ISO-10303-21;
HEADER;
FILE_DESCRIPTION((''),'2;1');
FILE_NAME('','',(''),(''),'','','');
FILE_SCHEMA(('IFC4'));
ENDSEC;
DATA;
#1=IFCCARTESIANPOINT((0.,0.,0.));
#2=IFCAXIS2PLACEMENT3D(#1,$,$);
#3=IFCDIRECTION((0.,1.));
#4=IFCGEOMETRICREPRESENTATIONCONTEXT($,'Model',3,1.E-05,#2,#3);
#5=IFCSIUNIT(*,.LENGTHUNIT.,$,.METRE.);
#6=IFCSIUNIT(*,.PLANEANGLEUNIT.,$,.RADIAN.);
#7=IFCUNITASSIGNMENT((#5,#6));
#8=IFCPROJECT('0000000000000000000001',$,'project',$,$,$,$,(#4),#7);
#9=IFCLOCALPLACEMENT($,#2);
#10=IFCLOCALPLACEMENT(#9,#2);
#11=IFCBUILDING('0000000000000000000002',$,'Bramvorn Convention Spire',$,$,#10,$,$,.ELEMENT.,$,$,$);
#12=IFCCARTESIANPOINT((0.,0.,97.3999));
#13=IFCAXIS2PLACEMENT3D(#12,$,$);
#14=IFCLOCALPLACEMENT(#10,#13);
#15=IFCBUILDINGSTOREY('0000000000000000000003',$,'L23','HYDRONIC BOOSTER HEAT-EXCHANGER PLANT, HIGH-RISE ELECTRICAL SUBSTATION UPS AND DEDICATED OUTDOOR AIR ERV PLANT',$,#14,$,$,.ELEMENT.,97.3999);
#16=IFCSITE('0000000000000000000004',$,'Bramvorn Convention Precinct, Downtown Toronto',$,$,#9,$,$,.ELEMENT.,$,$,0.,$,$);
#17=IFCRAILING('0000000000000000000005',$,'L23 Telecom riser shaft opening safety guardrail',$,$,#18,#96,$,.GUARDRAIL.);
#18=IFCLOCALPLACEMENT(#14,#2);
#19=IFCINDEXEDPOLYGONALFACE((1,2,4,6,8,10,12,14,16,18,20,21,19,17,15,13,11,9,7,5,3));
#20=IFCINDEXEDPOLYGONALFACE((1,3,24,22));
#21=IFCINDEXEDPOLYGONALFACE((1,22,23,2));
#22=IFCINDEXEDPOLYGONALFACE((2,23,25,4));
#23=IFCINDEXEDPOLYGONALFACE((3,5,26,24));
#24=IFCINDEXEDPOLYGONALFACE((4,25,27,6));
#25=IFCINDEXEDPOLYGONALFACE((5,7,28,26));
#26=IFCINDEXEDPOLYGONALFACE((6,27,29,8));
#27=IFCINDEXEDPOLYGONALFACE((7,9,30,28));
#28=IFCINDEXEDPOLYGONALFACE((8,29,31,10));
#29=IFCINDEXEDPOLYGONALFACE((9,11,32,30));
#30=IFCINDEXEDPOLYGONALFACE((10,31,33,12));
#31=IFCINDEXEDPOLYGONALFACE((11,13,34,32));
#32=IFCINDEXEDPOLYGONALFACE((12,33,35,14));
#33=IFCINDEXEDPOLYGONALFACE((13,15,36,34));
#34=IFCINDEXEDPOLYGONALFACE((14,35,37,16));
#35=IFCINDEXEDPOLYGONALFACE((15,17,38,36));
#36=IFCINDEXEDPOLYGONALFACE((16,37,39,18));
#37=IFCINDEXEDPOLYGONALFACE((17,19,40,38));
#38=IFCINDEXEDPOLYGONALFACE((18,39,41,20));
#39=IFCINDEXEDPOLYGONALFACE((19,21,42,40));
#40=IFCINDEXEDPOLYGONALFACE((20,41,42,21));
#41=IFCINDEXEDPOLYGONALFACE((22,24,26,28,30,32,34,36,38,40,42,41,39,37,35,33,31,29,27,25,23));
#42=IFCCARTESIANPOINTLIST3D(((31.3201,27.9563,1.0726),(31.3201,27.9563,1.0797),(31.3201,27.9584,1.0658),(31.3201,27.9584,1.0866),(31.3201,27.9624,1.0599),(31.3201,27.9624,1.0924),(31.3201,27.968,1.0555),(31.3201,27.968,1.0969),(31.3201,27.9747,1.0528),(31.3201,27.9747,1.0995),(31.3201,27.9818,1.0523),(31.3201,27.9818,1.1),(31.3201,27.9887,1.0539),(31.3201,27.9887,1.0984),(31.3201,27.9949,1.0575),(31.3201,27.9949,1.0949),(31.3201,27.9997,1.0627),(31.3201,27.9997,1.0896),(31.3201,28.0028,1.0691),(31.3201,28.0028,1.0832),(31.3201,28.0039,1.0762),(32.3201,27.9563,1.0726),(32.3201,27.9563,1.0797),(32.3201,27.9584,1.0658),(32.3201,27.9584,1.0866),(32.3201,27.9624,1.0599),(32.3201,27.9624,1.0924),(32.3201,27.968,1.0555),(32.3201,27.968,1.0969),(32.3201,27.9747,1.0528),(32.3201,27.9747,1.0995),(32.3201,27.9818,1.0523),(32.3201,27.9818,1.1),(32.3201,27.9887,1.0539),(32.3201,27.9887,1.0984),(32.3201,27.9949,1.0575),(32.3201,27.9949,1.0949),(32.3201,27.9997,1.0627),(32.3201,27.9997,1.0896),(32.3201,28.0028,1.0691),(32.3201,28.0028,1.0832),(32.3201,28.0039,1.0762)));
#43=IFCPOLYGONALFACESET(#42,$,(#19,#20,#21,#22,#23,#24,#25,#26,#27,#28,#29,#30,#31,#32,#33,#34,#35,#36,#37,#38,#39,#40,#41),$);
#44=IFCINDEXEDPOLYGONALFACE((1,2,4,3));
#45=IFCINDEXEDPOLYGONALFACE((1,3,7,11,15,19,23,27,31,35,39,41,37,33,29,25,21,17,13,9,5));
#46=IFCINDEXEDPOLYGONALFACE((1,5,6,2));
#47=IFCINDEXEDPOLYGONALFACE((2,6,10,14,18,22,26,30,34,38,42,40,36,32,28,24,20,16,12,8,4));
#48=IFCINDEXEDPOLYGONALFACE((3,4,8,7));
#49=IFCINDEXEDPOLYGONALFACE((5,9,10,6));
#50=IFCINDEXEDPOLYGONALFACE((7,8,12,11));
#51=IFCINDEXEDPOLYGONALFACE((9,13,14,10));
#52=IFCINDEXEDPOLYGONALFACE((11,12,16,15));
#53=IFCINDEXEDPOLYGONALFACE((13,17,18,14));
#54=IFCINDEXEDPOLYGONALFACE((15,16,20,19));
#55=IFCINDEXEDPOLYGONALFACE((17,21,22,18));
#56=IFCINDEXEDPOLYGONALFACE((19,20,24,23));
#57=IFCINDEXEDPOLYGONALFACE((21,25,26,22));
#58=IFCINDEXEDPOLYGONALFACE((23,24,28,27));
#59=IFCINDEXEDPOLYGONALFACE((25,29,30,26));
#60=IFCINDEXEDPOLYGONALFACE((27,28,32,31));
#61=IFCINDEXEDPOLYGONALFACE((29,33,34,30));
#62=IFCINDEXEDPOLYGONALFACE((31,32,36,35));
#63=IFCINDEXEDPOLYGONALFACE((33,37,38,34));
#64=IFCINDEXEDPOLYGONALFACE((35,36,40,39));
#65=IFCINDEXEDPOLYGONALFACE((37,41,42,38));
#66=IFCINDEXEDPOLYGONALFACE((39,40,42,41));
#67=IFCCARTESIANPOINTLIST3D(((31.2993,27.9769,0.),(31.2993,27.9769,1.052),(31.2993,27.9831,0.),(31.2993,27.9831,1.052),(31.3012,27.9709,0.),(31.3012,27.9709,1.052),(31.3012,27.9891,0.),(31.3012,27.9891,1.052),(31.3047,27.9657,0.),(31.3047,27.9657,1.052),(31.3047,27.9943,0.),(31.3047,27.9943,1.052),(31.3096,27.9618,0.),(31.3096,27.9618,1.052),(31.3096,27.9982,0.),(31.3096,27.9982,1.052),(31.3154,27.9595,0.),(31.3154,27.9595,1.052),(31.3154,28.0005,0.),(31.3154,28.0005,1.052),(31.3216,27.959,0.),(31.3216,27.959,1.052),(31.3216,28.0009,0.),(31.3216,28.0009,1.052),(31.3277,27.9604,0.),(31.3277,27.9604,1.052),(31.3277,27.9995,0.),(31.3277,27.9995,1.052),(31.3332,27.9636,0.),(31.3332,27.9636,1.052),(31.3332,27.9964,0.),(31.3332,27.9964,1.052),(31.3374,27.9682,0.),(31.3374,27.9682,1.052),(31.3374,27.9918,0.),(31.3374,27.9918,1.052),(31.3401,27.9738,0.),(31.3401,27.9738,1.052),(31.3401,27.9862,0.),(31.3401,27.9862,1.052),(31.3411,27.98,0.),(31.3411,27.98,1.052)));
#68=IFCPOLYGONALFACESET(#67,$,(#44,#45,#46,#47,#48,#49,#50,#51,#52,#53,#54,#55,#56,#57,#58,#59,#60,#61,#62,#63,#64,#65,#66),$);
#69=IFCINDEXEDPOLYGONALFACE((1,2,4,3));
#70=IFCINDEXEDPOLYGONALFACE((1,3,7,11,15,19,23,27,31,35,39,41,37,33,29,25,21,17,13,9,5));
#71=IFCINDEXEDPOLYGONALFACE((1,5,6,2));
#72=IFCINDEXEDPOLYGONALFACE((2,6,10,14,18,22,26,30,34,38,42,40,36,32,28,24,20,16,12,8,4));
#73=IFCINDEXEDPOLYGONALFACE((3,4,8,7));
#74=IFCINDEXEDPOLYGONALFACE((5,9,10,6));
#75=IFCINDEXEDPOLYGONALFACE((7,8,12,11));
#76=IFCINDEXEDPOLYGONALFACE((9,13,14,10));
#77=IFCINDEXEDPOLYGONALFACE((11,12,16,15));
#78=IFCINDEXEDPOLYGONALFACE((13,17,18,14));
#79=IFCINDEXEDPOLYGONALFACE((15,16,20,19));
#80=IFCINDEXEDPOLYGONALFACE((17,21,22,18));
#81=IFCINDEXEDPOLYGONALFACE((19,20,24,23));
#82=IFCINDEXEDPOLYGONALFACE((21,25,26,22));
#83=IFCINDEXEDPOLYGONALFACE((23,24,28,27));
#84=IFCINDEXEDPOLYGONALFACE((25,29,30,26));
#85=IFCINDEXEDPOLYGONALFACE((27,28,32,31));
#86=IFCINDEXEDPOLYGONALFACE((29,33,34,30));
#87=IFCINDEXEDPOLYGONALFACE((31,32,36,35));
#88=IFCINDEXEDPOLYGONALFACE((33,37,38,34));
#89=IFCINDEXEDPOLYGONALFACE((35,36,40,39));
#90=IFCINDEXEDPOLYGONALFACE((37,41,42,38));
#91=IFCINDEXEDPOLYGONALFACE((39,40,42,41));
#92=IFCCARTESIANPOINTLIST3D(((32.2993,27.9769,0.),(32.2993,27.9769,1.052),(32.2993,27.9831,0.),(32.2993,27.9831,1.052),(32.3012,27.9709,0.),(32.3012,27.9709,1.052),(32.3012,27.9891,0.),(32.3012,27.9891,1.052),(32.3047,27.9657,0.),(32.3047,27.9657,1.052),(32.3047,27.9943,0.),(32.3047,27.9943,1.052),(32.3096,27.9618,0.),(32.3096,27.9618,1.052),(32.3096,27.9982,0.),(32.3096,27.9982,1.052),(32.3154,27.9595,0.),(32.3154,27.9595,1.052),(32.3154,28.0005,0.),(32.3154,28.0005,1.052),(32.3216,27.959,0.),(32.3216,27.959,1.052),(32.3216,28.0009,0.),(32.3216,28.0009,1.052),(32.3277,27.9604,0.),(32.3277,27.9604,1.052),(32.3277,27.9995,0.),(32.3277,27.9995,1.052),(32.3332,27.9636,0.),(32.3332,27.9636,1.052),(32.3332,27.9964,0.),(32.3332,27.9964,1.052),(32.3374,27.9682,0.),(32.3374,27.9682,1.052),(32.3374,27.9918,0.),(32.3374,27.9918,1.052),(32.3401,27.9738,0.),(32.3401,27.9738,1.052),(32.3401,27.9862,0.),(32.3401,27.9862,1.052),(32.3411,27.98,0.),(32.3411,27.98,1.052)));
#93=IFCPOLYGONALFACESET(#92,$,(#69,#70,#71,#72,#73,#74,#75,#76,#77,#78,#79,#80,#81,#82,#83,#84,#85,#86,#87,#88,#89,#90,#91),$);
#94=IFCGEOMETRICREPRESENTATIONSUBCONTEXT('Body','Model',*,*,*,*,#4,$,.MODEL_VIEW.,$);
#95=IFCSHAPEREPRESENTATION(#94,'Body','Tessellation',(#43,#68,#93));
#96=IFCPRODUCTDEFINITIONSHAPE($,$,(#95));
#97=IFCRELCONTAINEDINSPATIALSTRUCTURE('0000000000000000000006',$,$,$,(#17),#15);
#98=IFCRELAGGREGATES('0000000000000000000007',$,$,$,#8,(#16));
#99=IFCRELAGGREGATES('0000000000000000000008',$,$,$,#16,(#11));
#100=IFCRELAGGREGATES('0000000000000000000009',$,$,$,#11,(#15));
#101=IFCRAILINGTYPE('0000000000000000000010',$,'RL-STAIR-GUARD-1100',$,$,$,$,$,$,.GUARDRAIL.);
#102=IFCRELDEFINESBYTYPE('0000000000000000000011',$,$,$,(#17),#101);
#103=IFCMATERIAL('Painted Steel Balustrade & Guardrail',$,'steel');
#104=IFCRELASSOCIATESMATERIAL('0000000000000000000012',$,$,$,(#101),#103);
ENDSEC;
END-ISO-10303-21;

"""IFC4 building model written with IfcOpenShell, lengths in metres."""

from ifc_helpers import new_model, si_unit, direction, frame, origin, origin_2d, place, context, subcontext, project, spatial, circle, extrude, material, type_object, element, save


model = new_model("IFC4")

# Units and contexts
model_context = context("Model", 3, precision=1e-05, world=origin(), true_north=direction((0.0, 1.0)))
body_context = subcontext(model_context, "Body", "Model", "MODEL_VIEW")
ifc_project = project(units=[si_unit("LENGTHUNIT", "METRE"), si_unit("PLANEANGLEUNIT", "RADIAN")], contexts=[model_context])

# Site, building, storey
site_placement = place(None, origin())
site = spatial("IfcSite", under=ifc_project, at=site_placement, Name="Bramvorn Convention Precinct, Downtown Toronto", CompositionType="ELEMENT", RefElevation=0.0)
building_placement = place(site_placement, origin())
building = spatial("IfcBuilding", under=site, at=building_placement, Name="Bramvorn Convention Spire", CompositionType="ELEMENT")
storey_placement = place(building_placement, frame((0.0, 0.0, 97.3999)))
storey = spatial("IfcBuildingStorey", under=building, at=storey_placement, Name="L23", Description="HYDRONIC BOOSTER HEAT-EXCHANGER PLANT, HIGH-RISE ELECTRICAL SUBSTATION UPS AND DEDICATED OUTDOOR AIR ERV PLANT", CompositionType="ELEMENT", Elevation=97.3999)

# Railing
ifc_material_1 = material(Name="Painted Steel Balustrade & Guardrail", Category="steel")
railing_type = type_object("IfcRailingType", Name="RL-STAIR-GUARD-1100", PredefinedType="GUARDRAIL", material=ifc_material_1)
railing_1_placement = place(storey_placement, frame((31.3201, 27.98, 0.0)))
element("IfcRailing", 1, at=railing_1_placement, inside=storey, type_object=railing_type, Name="L23 Telecom riser shaft opening safety guardrail", PredefinedType="GUARDRAIL", context=body_context, shape_type="SweptSolid", body=[
    extrude(circle(Radius=0.0239, at=origin_2d()), frame((0.0, 0.0, 1.0762), z_axis=(1.0, 0.0, 0.0), x_axis=(0.0, 1.0, 0.0)), (0.0, 0.0, 1.0), 1.0),
    extrude(circle(Radius=0.021, at=origin_2d()), origin(), (0.0, 0.0, 1.0), 1.052),
    extrude(circle(Radius=0.021, at=origin_2d()), frame((1.0, 0.0, 0.0)), (0.0, 0.0, 1.0), 1.052),
])

save(model, "model.ifc")
